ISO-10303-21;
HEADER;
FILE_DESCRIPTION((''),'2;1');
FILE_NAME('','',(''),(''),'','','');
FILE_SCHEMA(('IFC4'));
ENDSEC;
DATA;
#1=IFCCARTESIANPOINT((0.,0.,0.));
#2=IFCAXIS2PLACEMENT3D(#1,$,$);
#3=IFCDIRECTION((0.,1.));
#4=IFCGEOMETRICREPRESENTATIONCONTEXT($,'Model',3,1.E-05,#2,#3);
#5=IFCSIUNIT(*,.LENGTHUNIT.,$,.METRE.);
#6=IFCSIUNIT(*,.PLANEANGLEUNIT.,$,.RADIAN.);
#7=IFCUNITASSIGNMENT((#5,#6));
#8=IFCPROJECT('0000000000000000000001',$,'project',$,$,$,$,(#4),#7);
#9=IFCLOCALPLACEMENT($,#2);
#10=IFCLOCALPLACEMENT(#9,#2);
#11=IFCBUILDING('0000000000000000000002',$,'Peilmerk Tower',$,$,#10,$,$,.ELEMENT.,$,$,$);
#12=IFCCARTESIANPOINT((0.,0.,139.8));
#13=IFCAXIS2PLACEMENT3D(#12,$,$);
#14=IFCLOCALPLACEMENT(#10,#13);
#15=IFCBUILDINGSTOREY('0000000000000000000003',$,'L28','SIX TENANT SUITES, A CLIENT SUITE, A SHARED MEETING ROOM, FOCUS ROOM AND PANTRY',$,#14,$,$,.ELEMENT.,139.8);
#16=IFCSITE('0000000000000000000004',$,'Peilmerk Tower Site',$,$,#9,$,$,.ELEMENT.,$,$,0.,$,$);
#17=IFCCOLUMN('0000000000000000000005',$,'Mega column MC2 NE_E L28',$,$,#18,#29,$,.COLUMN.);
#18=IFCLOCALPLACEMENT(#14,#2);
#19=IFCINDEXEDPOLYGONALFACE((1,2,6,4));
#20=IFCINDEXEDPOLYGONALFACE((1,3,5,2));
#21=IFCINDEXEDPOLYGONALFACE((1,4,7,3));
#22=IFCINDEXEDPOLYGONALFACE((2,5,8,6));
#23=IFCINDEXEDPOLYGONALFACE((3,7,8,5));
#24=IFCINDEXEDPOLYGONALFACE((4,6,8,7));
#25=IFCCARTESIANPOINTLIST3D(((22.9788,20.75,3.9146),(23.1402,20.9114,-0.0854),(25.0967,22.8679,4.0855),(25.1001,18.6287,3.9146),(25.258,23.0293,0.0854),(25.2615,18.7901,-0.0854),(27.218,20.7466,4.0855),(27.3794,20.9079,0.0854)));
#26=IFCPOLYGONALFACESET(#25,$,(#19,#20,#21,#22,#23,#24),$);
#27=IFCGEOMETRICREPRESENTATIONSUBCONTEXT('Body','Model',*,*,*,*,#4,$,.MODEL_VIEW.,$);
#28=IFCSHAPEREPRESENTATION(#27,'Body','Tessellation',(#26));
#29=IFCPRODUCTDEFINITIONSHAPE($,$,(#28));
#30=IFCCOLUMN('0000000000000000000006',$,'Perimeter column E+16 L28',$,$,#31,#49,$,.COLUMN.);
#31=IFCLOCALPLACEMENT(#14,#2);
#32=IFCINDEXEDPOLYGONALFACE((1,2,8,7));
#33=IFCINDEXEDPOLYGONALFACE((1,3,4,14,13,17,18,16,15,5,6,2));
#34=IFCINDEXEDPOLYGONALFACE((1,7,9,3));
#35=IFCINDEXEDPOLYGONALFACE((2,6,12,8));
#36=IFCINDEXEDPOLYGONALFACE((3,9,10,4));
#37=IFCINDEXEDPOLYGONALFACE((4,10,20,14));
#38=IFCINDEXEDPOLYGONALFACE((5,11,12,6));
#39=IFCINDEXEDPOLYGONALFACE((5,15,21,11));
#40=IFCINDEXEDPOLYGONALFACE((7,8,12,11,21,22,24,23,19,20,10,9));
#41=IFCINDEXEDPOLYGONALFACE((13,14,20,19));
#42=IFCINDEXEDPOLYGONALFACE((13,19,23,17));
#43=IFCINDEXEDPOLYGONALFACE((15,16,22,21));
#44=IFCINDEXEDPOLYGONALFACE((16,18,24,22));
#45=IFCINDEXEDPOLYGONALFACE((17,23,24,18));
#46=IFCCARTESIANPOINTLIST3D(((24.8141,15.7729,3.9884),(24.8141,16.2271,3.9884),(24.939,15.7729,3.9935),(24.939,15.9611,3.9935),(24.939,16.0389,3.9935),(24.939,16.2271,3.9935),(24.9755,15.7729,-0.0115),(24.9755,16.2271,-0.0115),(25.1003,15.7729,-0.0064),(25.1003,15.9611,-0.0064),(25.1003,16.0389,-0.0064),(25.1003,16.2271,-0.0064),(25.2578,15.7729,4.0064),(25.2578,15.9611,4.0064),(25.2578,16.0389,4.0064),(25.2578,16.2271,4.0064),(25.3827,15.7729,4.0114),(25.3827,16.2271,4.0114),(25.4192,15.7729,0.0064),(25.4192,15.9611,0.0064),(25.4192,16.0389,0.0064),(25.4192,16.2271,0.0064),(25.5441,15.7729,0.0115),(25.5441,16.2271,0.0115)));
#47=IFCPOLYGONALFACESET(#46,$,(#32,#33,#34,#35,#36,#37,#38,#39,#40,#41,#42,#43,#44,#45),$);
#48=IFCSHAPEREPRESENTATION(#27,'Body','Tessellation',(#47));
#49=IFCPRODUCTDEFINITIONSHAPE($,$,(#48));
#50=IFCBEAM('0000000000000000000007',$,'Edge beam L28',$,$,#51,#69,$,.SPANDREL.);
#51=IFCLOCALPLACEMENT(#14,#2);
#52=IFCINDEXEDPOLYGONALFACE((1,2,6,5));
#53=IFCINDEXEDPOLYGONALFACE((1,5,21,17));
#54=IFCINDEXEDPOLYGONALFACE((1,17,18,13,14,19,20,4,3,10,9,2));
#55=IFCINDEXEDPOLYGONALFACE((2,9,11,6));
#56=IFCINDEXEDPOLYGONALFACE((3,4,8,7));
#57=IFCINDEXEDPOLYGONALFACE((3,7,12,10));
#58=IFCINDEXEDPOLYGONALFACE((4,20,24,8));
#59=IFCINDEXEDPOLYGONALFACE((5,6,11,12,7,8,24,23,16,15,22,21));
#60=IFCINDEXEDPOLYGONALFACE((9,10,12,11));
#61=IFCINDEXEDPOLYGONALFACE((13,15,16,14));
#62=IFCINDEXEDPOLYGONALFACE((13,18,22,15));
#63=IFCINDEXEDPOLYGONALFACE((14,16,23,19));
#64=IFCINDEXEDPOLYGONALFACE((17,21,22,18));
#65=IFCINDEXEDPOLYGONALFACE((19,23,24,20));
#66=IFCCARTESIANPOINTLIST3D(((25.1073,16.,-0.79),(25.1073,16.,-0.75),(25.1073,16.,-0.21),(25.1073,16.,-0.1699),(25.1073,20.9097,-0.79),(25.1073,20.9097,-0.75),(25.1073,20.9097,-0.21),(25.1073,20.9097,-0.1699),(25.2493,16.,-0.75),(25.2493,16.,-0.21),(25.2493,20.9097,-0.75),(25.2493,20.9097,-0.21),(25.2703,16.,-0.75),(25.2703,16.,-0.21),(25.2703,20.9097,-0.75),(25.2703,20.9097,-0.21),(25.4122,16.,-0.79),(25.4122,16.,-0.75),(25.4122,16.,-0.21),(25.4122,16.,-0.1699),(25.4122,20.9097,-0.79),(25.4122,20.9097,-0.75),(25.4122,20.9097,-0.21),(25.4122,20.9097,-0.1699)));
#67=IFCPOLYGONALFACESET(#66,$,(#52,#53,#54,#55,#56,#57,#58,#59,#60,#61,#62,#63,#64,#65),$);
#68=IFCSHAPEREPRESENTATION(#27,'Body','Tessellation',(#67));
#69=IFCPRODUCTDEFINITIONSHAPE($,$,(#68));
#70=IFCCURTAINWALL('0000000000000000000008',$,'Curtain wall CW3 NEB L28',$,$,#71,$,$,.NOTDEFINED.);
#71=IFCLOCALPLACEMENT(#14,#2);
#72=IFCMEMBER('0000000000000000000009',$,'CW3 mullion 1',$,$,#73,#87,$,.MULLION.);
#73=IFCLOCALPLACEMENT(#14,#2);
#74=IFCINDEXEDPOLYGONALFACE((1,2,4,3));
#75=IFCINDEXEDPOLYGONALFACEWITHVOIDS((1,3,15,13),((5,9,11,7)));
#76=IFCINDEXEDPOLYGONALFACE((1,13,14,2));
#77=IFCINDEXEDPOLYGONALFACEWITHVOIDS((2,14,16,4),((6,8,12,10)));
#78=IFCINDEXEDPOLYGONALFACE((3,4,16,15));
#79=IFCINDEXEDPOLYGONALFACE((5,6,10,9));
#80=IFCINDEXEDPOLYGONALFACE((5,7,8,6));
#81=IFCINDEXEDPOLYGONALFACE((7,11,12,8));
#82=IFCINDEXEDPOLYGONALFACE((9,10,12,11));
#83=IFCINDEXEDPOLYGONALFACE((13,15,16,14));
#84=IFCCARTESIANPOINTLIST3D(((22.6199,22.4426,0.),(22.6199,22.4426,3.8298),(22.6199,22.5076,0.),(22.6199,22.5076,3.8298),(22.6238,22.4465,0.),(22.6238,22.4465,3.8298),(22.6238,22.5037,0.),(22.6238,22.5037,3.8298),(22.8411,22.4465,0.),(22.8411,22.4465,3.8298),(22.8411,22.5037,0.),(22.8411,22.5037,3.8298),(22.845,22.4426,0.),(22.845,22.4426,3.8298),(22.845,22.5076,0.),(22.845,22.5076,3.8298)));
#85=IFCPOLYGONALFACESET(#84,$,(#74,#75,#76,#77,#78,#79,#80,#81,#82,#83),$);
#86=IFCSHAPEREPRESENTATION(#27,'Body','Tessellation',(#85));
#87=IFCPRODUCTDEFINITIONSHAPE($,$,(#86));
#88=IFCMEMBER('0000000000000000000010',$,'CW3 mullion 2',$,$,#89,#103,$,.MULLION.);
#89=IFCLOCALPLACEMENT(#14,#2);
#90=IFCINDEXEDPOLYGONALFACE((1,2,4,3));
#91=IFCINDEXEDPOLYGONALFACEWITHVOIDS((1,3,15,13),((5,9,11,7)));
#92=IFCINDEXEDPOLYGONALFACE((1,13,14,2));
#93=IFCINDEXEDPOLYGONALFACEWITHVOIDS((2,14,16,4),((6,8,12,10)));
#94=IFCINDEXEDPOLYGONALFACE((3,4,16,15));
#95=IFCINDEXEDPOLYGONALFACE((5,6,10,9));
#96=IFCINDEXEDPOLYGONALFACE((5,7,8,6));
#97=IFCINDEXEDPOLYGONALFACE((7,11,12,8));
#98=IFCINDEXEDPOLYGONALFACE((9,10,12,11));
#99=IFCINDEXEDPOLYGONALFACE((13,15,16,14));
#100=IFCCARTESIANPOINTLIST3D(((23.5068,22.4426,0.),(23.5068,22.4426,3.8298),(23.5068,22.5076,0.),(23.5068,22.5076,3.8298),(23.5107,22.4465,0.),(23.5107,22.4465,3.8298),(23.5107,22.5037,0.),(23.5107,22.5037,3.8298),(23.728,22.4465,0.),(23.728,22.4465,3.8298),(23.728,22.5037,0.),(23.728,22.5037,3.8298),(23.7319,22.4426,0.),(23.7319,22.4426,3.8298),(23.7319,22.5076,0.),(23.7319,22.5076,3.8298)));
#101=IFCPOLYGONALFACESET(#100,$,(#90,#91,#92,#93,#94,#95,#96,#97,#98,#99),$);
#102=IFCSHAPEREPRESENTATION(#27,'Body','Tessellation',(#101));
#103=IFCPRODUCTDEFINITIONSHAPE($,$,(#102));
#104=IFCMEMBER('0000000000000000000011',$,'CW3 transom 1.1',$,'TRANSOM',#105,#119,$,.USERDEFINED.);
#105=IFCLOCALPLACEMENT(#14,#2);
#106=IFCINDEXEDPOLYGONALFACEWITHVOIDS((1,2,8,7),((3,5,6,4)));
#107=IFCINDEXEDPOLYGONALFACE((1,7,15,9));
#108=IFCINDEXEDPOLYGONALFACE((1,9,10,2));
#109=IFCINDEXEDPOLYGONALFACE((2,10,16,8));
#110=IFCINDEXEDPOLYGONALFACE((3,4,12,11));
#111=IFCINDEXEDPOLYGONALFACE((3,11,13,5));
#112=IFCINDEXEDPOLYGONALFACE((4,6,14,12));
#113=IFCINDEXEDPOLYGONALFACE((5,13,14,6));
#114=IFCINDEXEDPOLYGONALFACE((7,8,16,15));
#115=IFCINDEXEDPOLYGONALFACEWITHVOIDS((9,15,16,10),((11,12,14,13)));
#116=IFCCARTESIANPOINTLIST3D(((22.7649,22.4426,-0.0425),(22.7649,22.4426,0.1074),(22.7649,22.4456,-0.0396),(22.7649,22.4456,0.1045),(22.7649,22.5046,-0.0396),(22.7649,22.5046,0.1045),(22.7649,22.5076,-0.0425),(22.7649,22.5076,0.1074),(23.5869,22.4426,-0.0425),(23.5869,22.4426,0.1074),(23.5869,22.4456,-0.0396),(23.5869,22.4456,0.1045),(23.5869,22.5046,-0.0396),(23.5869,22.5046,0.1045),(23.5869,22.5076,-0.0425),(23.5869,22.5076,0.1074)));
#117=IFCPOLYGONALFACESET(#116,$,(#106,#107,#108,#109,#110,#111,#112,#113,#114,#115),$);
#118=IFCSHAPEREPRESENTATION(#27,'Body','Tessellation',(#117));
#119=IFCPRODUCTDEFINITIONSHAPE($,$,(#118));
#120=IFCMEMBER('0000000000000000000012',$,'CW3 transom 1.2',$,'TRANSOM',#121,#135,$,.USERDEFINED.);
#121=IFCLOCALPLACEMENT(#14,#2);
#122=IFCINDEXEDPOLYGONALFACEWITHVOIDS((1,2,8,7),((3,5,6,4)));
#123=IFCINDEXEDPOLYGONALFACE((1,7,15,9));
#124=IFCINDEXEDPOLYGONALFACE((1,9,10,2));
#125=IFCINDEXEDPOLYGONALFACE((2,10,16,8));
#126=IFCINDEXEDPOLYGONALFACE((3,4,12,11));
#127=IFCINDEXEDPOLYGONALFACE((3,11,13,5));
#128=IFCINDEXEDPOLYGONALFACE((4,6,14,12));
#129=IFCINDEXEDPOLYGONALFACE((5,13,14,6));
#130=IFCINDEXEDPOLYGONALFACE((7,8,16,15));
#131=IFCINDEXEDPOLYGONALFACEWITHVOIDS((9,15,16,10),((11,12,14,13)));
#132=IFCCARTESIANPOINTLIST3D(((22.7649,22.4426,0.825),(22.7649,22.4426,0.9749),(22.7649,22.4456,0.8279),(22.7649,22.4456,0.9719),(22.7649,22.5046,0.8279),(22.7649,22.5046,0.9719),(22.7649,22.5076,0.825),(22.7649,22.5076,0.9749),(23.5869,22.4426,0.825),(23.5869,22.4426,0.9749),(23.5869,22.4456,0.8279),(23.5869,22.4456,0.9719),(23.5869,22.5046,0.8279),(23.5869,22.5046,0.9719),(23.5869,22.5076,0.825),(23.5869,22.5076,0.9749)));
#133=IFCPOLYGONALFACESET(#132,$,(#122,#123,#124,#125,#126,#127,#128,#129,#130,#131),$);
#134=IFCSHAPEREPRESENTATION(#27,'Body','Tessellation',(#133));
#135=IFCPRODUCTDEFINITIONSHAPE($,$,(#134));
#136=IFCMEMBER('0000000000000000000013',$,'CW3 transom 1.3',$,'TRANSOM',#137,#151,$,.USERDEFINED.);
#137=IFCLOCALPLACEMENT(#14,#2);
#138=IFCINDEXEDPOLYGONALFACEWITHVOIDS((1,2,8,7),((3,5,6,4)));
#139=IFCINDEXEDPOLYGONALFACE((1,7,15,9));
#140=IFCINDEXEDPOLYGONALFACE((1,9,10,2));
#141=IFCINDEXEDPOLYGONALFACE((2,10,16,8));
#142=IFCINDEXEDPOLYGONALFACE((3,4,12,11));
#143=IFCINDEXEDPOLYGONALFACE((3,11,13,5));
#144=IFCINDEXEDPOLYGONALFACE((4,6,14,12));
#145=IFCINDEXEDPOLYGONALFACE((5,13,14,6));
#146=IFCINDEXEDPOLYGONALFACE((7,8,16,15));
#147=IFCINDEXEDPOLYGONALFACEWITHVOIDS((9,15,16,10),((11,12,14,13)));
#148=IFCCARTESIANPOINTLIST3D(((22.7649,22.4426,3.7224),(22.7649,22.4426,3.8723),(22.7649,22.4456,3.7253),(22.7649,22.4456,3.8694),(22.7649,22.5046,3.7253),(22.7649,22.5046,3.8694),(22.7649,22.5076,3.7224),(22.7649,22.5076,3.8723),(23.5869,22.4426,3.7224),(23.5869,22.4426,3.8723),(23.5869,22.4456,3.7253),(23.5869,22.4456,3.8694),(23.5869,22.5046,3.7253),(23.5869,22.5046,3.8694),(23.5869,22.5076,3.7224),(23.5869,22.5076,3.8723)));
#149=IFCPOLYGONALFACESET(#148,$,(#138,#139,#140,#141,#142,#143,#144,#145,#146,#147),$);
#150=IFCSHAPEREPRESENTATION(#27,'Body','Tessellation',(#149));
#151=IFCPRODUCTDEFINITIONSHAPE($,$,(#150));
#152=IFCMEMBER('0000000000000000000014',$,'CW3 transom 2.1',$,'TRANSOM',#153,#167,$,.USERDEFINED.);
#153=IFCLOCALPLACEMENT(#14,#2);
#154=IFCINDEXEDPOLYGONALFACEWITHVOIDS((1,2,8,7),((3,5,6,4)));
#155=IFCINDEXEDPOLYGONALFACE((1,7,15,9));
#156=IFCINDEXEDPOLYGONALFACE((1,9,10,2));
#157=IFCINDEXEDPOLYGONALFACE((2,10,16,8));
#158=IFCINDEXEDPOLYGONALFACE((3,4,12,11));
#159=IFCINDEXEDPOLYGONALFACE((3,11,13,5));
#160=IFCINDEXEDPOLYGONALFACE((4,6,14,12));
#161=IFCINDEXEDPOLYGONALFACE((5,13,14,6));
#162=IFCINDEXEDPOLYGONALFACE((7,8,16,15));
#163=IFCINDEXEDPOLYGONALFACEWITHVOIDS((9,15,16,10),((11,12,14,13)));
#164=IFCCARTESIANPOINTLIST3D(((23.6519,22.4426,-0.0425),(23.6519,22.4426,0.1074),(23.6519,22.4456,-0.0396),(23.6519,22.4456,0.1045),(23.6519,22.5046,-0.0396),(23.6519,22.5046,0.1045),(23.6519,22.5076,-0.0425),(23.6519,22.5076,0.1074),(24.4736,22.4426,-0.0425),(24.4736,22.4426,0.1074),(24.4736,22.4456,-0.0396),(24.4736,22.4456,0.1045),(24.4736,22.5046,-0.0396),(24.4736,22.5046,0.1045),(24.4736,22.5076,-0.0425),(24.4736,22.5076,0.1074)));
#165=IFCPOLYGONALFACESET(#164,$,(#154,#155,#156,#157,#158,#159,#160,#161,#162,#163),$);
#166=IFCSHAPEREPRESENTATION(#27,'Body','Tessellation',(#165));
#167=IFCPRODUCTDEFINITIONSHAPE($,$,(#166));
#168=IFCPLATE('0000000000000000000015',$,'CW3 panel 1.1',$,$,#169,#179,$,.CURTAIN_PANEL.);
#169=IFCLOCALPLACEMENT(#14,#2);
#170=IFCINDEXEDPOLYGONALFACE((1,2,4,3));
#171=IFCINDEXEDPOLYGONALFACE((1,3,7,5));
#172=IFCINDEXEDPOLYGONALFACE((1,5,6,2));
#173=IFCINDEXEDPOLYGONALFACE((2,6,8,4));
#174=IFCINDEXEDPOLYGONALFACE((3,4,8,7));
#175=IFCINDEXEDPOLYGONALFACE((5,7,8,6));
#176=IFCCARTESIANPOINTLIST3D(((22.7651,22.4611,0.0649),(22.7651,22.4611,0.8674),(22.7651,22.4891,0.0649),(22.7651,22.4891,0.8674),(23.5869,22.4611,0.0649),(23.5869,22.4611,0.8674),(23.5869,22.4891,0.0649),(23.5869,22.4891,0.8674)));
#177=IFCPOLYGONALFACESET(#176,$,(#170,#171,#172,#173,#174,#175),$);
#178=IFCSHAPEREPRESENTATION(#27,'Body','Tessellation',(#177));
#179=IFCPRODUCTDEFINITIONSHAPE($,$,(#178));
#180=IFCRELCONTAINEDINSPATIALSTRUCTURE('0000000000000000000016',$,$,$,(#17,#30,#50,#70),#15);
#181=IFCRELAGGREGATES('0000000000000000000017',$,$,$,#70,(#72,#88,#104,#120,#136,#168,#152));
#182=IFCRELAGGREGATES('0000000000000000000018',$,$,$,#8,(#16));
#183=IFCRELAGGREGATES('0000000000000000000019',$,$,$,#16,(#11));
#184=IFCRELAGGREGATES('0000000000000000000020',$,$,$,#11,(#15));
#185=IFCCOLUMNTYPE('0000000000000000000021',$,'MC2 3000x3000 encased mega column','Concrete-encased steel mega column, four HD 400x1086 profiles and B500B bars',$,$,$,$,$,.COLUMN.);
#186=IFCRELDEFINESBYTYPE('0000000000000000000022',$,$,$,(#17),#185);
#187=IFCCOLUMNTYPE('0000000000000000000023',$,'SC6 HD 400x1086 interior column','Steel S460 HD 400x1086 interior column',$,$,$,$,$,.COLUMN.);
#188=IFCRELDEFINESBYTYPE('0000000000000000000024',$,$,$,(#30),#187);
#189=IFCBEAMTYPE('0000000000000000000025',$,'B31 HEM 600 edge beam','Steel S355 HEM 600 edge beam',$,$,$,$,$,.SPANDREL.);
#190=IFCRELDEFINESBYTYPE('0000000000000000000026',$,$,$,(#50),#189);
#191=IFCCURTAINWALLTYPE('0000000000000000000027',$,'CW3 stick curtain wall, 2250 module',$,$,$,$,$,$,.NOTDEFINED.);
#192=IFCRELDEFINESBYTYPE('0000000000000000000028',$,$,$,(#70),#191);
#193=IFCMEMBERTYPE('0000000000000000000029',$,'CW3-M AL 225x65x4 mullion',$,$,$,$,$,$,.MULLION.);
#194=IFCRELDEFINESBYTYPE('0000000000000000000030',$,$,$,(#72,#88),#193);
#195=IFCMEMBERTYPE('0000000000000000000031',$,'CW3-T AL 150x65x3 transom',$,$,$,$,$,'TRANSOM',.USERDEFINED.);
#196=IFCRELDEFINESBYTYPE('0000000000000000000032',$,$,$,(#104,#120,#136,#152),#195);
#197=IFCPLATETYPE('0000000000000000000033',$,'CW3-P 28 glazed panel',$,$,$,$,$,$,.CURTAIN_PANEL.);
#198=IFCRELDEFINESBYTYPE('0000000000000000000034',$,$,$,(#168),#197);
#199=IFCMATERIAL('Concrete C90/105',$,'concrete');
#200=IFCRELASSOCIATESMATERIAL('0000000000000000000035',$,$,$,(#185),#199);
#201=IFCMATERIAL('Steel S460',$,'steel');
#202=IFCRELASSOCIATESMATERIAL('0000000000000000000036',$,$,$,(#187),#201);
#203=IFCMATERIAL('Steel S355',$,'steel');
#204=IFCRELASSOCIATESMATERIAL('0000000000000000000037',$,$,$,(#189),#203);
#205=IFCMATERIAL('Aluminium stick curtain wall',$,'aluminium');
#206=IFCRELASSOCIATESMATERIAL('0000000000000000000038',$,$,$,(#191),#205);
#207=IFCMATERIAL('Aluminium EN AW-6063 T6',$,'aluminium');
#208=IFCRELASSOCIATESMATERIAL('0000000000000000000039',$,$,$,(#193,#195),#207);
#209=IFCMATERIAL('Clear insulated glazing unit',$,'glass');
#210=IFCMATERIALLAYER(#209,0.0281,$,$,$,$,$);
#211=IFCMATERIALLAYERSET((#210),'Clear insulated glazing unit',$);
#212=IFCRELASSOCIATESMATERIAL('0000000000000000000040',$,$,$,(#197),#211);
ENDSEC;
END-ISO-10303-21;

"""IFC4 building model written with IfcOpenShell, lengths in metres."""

from ifc_helpers import new_model, si_unit, direction, frame, origin, origin_2d, place, context, subcontext, project, spatial, rectangle, hollow_rectangle, i_section, extrude, material, layer, layer_set, material_profile, profile_set, type_object, element, aggregate, save


model = new_model("IFC4")

# Units and contexts
model_context = context("Model", 3, precision=1e-05, world=origin(), true_north=direction((0.0, 1.0)))
body_context = subcontext(model_context, "Body", "Model", "MODEL_VIEW")
ifc_project = project(units=[si_unit("LENGTHUNIT", "METRE"), si_unit("PLANEANGLEUNIT", "RADIAN")], contexts=[model_context])

# Site, building, storey
site_placement = place(None, origin())
site = spatial("IfcSite", under=ifc_project, at=site_placement, Name="Peilmerk Tower Site", CompositionType="ELEMENT", RefElevation=0.0)
building_placement = place(site_placement, origin())
building = spatial("IfcBuilding", under=site, at=building_placement, Name="Peilmerk Tower", CompositionType="ELEMENT")
storey_placement = place(building_placement, frame((0.0, 0.0, 139.8)))
storey = spatial("IfcBuildingStorey", under=building, at=storey_placement, Name="L28", Description="SIX TENANT SUITES, A CLIENT SUITE, A SHARED MEETING ROOM, FOCUS ROOM AND PANTRY", CompositionType="ELEMENT", Elevation=139.8)

# Columns
ifc_material_1 = material(Name="Concrete C90/105", Category="concrete")
ifc_material_profile_1 = material_profile(ifc_material_1, rectangle(XDim=3.0, YDim=3.0, at=origin_2d()), Name="RC 3000x3000")
ifc_profile_set_1 = profile_set([ifc_material_profile_1], Name="Concrete C90/105")
column_type_1 = type_object("IfcColumnType", Name="MC2 3000x3000 encased mega column", Description="Concrete-encased steel mega column, four HD 400x1086 profiles and B500B bars", PredefinedType="COLUMN", material=ifc_profile_set_1)
column_1_placement = place(storey_placement, frame((25.2598, 20.9097, 0.0), z_axis=(-0.040279, -0.040279, 0.998376), x_axis=(0.707107, -0.707107, 0.0)))
element("IfcColumn", 1, at=column_1_placement, inside=storey, type_object=column_type_1, Name="Mega column MC2 NE_E L28", PredefinedType="COLUMN", context=body_context, shape_type="SweptSolid", body=[
    extrude(rectangle(XDim=3.0, YDim=3.0, at=origin_2d()), origin(), (0.0, 0.0, 1.0), 4.0066),
])
ifc_material_2 = material(Name="Steel S460", Category="steel")
ifc_material_profile_2 = material_profile(ifc_material_2, i_section(OverallWidth=0.4541, OverallDepth=0.5691, WebThickness=0.0779, FlangeThickness=0.125, at=origin_2d()), Name="HD 400x1086")
ifc_profile_set_2 = profile_set([ifc_material_profile_2], Name="Steel S460")
column_type_2 = type_object("IfcColumnType", Name="SC6 HD 400x1086 interior column", Description="Steel S460 HD 400x1086 interior column", PredefinedType="COLUMN", material=ifc_profile_set_2)
column_2_placement = place(storey_placement, frame((25.2598, 16.0, 0.0), z_axis=(-0.040311, 0.0, 0.999187), x_axis=(0.0, -1.0, 0.0)))
element("IfcColumn", 2, at=column_2_placement, inside=storey, type_object=column_type_2, Name="Perimeter column E+16 L28", PredefinedType="COLUMN", context=body_context, shape_type="SweptSolid", body=[
    extrude(i_section(OverallWidth=0.4541, OverallDepth=0.5691, WebThickness=0.0779, FlangeThickness=0.125, at=origin_2d()), origin(), (0.0, 0.0, 1.0), 4.0032),
])

# Beam
ifc_material_3 = material(Name="Steel S355", Category="steel")
ifc_material_profile_3 = material_profile(ifc_material_3, i_section(OverallWidth=0.3049, OverallDepth=0.6201, WebThickness=0.021, FlangeThickness=0.04, at=origin_2d()), Name="HEM 600")
ifc_profile_set_3 = profile_set([ifc_material_profile_3], Name="Steel S355")
beam_type = type_object("IfcBeamType", Name="B31 HEM 600 edge beam", Description="Steel S355 HEM 600 edge beam", PredefinedType="SPANDREL", material=ifc_profile_set_3)
beam_placement = place(storey_placement, frame((25.2598, 16.0, -0.48), z_axis=(0.0, 1.0, 0.0), x_axis=(-1.0, 0.0, 0.0)))
element("IfcBeam", 3, at=beam_placement, inside=storey, type_object=beam_type, Name="Edge beam L28", PredefinedType="SPANDREL", context=body_context, shape_type="SweptSolid", body=[
    extrude(i_section(OverallWidth=0.3049, OverallDepth=0.6201, WebThickness=0.021, FlangeThickness=0.04, at=origin_2d()), origin(), (0.0, 0.0, 1.0), 4.9097),
])

# Curtain wall, members, plate
ifc_material_4 = material(Name="Aluminium stick curtain wall", Category="aluminium")
curtain_wall_type = type_object("IfcCurtainWallType", Name="CW3 stick curtain wall, 2250 module", PredefinedType="NOTDEFINED", material=ifc_material_4)
curtain_wall_placement = place(storey_placement, origin())
curtain_wall = element("IfcCurtainWall", 4, at=curtain_wall_placement, inside=storey, type_object=curtain_wall_type, Name="Curtain wall CW3 NEB L28", PredefinedType="NOTDEFINED")
ifc_material_5 = material(Name="Aluminium EN AW-6063 T6", Category="aluminium")
ifc_material_profile_4 = material_profile(ifc_material_5, hollow_rectangle(XDim=0.0649, YDim=0.2251, WallThickness=0.0039, at=origin_2d()), Name="AL 225x65x4")
ifc_profile_set_4 = profile_set([ifc_material_profile_4], Name="Aluminium EN AW-6063 T6")
member_type_1 = type_object("IfcMemberType", Name="CW3-M AL 225x65x4 mullion", PredefinedType="MULLION", material=ifc_profile_set_4)
member_1_placement = place(storey_placement, frame((22.7324, 22.4751, 0.0), z_axis=(0.0, 0.0, 1.0), x_axis=(0.0, 1.0, 0.0)))
member_1 = element("IfcMember", 5, at=member_1_placement, type_object=member_type_1, Name="CW3 mullion 1", PredefinedType="MULLION", context=body_context, shape_type="SweptSolid", body=[
    extrude(hollow_rectangle(XDim=0.0649, YDim=0.2251, WallThickness=0.0039, at=origin_2d()), origin(), (0.0, 0.0, 1.0), 3.8298),
])
member_2_placement = place(storey_placement, frame((23.6194, 22.4751, 0.0), z_axis=(0.0, 0.0, 1.0), x_axis=(0.0, 1.0, 0.0)))
member_2 = element("IfcMember", 6, at=member_2_placement, type_object=member_type_1, Name="CW3 mullion 2", PredefinedType="MULLION", context=body_context, shape_type="SweptSolid", body=[
    extrude(hollow_rectangle(XDim=0.0649, YDim=0.2251, WallThickness=0.0039, at=origin_2d()), origin(), (0.0, 0.0, 1.0), 3.8298),
])
ifc_material_profile_5 = material_profile(ifc_material_5, hollow_rectangle(XDim=0.0649, YDim=0.1499, WallThickness=0.0029, at=origin_2d()), Name="AL 150x65x3")
ifc_profile_set_5 = profile_set([ifc_material_profile_5], Name="Aluminium EN AW-6063 T6")
member_type_2 = type_object("IfcMemberType", Name="CW3-T AL 150x65x3 transom", ElementType="TRANSOM", PredefinedType="USERDEFINED", material=ifc_profile_set_5)
member_3_placement = place(storey_placement, frame((22.7649, 22.4751, 0.0325), z_axis=(1.0, 0.0, 0.0), x_axis=(0.0, 1.0, 0.0)))
member_3 = element("IfcMember", 7, at=member_3_placement, type_object=member_type_2, Name="CW3 transom 1.1", ObjectType="TRANSOM", PredefinedType="USERDEFINED", context=body_context, shape_type="SweptSolid", body=[
    extrude(hollow_rectangle(XDim=0.0649, YDim=0.1499, WallThickness=0.0029, at=origin_2d()), origin(), (0.0, 0.0, 1.0), 0.822),
])
member_4_placement = place(storey_placement, frame((22.7649, 22.4751, 0.8999), z_axis=(1.0, 0.0, 0.0), x_axis=(0.0, 1.0, 0.0)))
member_4 = element("IfcMember", 8, at=member_4_placement, type_object=member_type_2, Name="CW3 transom 1.2", ObjectType="TRANSOM", PredefinedType="USERDEFINED", context=body_context, shape_type="SweptSolid", body=[
    extrude(hollow_rectangle(XDim=0.0649, YDim=0.1499, WallThickness=0.0029, at=origin_2d()), origin(), (0.0, 0.0, 1.0), 0.822),
])
member_5_placement = place(storey_placement, frame((22.7649, 22.4751, 3.7974), z_axis=(1.0, 0.0, 0.0), x_axis=(0.0, 1.0, 0.0)))
member_5 = element("IfcMember", 9, at=member_5_placement, type_object=member_type_2, Name="CW3 transom 1.3", ObjectType="TRANSOM", PredefinedType="USERDEFINED", context=body_context, shape_type="SweptSolid", body=[
    extrude(hollow_rectangle(XDim=0.0649, YDim=0.1499, WallThickness=0.0029, at=origin_2d()), origin(), (0.0, 0.0, 1.0), 0.822),
])
member_6_placement = place(storey_placement, frame((23.6519, 22.4751, 0.0325), z_axis=(1.0, 0.0, 0.0), x_axis=(0.0, 1.0, 0.0)))
member_6 = element("IfcMember", 10, at=member_6_placement, type_object=member_type_2, Name="CW3 transom 2.1", ObjectType="TRANSOM", PredefinedType="USERDEFINED", context=body_context, shape_type="SweptSolid", body=[
    extrude(hollow_rectangle(XDim=0.0649, YDim=0.1499, WallThickness=0.0029, at=origin_2d()), origin(), (0.0, 0.0, 1.0), 0.8218),
])
ifc_material_6 = material(Name="Clear insulated glazing unit", Category="glass")
ifc_layer = layer(ifc_material_6, 0.0281)
ifc_layer_set = layer_set([ifc_layer], Name="Clear insulated glazing unit")
plate_type = type_object("IfcPlateType", Name="CW3-P 28 glazed panel", PredefinedType="CURTAIN_PANEL", material=ifc_layer_set)
plate_1_placement = place(storey_placement, frame((23.176, 22.4751, 0.0649), z_axis=(0.0, 0.0, 1.0), x_axis=(1.0, 0.0, 0.0)))
plate_1 = element("IfcPlate", 11, at=plate_1_placement, type_object=plate_type, Name="CW3 panel 1.1", PredefinedType="CURTAIN_PANEL", context=body_context, shape_type="SweptSolid", body=[
    extrude(rectangle(XDim=0.8218, YDim=0.0281, at=origin_2d()), origin(), (0.0, 0.0, 1.0), 0.8025),
])
aggregate(curtain_wall, [member_1, member_2, member_3, member_4, member_5, plate_1, member_6])

save(model, "model.ifc")
